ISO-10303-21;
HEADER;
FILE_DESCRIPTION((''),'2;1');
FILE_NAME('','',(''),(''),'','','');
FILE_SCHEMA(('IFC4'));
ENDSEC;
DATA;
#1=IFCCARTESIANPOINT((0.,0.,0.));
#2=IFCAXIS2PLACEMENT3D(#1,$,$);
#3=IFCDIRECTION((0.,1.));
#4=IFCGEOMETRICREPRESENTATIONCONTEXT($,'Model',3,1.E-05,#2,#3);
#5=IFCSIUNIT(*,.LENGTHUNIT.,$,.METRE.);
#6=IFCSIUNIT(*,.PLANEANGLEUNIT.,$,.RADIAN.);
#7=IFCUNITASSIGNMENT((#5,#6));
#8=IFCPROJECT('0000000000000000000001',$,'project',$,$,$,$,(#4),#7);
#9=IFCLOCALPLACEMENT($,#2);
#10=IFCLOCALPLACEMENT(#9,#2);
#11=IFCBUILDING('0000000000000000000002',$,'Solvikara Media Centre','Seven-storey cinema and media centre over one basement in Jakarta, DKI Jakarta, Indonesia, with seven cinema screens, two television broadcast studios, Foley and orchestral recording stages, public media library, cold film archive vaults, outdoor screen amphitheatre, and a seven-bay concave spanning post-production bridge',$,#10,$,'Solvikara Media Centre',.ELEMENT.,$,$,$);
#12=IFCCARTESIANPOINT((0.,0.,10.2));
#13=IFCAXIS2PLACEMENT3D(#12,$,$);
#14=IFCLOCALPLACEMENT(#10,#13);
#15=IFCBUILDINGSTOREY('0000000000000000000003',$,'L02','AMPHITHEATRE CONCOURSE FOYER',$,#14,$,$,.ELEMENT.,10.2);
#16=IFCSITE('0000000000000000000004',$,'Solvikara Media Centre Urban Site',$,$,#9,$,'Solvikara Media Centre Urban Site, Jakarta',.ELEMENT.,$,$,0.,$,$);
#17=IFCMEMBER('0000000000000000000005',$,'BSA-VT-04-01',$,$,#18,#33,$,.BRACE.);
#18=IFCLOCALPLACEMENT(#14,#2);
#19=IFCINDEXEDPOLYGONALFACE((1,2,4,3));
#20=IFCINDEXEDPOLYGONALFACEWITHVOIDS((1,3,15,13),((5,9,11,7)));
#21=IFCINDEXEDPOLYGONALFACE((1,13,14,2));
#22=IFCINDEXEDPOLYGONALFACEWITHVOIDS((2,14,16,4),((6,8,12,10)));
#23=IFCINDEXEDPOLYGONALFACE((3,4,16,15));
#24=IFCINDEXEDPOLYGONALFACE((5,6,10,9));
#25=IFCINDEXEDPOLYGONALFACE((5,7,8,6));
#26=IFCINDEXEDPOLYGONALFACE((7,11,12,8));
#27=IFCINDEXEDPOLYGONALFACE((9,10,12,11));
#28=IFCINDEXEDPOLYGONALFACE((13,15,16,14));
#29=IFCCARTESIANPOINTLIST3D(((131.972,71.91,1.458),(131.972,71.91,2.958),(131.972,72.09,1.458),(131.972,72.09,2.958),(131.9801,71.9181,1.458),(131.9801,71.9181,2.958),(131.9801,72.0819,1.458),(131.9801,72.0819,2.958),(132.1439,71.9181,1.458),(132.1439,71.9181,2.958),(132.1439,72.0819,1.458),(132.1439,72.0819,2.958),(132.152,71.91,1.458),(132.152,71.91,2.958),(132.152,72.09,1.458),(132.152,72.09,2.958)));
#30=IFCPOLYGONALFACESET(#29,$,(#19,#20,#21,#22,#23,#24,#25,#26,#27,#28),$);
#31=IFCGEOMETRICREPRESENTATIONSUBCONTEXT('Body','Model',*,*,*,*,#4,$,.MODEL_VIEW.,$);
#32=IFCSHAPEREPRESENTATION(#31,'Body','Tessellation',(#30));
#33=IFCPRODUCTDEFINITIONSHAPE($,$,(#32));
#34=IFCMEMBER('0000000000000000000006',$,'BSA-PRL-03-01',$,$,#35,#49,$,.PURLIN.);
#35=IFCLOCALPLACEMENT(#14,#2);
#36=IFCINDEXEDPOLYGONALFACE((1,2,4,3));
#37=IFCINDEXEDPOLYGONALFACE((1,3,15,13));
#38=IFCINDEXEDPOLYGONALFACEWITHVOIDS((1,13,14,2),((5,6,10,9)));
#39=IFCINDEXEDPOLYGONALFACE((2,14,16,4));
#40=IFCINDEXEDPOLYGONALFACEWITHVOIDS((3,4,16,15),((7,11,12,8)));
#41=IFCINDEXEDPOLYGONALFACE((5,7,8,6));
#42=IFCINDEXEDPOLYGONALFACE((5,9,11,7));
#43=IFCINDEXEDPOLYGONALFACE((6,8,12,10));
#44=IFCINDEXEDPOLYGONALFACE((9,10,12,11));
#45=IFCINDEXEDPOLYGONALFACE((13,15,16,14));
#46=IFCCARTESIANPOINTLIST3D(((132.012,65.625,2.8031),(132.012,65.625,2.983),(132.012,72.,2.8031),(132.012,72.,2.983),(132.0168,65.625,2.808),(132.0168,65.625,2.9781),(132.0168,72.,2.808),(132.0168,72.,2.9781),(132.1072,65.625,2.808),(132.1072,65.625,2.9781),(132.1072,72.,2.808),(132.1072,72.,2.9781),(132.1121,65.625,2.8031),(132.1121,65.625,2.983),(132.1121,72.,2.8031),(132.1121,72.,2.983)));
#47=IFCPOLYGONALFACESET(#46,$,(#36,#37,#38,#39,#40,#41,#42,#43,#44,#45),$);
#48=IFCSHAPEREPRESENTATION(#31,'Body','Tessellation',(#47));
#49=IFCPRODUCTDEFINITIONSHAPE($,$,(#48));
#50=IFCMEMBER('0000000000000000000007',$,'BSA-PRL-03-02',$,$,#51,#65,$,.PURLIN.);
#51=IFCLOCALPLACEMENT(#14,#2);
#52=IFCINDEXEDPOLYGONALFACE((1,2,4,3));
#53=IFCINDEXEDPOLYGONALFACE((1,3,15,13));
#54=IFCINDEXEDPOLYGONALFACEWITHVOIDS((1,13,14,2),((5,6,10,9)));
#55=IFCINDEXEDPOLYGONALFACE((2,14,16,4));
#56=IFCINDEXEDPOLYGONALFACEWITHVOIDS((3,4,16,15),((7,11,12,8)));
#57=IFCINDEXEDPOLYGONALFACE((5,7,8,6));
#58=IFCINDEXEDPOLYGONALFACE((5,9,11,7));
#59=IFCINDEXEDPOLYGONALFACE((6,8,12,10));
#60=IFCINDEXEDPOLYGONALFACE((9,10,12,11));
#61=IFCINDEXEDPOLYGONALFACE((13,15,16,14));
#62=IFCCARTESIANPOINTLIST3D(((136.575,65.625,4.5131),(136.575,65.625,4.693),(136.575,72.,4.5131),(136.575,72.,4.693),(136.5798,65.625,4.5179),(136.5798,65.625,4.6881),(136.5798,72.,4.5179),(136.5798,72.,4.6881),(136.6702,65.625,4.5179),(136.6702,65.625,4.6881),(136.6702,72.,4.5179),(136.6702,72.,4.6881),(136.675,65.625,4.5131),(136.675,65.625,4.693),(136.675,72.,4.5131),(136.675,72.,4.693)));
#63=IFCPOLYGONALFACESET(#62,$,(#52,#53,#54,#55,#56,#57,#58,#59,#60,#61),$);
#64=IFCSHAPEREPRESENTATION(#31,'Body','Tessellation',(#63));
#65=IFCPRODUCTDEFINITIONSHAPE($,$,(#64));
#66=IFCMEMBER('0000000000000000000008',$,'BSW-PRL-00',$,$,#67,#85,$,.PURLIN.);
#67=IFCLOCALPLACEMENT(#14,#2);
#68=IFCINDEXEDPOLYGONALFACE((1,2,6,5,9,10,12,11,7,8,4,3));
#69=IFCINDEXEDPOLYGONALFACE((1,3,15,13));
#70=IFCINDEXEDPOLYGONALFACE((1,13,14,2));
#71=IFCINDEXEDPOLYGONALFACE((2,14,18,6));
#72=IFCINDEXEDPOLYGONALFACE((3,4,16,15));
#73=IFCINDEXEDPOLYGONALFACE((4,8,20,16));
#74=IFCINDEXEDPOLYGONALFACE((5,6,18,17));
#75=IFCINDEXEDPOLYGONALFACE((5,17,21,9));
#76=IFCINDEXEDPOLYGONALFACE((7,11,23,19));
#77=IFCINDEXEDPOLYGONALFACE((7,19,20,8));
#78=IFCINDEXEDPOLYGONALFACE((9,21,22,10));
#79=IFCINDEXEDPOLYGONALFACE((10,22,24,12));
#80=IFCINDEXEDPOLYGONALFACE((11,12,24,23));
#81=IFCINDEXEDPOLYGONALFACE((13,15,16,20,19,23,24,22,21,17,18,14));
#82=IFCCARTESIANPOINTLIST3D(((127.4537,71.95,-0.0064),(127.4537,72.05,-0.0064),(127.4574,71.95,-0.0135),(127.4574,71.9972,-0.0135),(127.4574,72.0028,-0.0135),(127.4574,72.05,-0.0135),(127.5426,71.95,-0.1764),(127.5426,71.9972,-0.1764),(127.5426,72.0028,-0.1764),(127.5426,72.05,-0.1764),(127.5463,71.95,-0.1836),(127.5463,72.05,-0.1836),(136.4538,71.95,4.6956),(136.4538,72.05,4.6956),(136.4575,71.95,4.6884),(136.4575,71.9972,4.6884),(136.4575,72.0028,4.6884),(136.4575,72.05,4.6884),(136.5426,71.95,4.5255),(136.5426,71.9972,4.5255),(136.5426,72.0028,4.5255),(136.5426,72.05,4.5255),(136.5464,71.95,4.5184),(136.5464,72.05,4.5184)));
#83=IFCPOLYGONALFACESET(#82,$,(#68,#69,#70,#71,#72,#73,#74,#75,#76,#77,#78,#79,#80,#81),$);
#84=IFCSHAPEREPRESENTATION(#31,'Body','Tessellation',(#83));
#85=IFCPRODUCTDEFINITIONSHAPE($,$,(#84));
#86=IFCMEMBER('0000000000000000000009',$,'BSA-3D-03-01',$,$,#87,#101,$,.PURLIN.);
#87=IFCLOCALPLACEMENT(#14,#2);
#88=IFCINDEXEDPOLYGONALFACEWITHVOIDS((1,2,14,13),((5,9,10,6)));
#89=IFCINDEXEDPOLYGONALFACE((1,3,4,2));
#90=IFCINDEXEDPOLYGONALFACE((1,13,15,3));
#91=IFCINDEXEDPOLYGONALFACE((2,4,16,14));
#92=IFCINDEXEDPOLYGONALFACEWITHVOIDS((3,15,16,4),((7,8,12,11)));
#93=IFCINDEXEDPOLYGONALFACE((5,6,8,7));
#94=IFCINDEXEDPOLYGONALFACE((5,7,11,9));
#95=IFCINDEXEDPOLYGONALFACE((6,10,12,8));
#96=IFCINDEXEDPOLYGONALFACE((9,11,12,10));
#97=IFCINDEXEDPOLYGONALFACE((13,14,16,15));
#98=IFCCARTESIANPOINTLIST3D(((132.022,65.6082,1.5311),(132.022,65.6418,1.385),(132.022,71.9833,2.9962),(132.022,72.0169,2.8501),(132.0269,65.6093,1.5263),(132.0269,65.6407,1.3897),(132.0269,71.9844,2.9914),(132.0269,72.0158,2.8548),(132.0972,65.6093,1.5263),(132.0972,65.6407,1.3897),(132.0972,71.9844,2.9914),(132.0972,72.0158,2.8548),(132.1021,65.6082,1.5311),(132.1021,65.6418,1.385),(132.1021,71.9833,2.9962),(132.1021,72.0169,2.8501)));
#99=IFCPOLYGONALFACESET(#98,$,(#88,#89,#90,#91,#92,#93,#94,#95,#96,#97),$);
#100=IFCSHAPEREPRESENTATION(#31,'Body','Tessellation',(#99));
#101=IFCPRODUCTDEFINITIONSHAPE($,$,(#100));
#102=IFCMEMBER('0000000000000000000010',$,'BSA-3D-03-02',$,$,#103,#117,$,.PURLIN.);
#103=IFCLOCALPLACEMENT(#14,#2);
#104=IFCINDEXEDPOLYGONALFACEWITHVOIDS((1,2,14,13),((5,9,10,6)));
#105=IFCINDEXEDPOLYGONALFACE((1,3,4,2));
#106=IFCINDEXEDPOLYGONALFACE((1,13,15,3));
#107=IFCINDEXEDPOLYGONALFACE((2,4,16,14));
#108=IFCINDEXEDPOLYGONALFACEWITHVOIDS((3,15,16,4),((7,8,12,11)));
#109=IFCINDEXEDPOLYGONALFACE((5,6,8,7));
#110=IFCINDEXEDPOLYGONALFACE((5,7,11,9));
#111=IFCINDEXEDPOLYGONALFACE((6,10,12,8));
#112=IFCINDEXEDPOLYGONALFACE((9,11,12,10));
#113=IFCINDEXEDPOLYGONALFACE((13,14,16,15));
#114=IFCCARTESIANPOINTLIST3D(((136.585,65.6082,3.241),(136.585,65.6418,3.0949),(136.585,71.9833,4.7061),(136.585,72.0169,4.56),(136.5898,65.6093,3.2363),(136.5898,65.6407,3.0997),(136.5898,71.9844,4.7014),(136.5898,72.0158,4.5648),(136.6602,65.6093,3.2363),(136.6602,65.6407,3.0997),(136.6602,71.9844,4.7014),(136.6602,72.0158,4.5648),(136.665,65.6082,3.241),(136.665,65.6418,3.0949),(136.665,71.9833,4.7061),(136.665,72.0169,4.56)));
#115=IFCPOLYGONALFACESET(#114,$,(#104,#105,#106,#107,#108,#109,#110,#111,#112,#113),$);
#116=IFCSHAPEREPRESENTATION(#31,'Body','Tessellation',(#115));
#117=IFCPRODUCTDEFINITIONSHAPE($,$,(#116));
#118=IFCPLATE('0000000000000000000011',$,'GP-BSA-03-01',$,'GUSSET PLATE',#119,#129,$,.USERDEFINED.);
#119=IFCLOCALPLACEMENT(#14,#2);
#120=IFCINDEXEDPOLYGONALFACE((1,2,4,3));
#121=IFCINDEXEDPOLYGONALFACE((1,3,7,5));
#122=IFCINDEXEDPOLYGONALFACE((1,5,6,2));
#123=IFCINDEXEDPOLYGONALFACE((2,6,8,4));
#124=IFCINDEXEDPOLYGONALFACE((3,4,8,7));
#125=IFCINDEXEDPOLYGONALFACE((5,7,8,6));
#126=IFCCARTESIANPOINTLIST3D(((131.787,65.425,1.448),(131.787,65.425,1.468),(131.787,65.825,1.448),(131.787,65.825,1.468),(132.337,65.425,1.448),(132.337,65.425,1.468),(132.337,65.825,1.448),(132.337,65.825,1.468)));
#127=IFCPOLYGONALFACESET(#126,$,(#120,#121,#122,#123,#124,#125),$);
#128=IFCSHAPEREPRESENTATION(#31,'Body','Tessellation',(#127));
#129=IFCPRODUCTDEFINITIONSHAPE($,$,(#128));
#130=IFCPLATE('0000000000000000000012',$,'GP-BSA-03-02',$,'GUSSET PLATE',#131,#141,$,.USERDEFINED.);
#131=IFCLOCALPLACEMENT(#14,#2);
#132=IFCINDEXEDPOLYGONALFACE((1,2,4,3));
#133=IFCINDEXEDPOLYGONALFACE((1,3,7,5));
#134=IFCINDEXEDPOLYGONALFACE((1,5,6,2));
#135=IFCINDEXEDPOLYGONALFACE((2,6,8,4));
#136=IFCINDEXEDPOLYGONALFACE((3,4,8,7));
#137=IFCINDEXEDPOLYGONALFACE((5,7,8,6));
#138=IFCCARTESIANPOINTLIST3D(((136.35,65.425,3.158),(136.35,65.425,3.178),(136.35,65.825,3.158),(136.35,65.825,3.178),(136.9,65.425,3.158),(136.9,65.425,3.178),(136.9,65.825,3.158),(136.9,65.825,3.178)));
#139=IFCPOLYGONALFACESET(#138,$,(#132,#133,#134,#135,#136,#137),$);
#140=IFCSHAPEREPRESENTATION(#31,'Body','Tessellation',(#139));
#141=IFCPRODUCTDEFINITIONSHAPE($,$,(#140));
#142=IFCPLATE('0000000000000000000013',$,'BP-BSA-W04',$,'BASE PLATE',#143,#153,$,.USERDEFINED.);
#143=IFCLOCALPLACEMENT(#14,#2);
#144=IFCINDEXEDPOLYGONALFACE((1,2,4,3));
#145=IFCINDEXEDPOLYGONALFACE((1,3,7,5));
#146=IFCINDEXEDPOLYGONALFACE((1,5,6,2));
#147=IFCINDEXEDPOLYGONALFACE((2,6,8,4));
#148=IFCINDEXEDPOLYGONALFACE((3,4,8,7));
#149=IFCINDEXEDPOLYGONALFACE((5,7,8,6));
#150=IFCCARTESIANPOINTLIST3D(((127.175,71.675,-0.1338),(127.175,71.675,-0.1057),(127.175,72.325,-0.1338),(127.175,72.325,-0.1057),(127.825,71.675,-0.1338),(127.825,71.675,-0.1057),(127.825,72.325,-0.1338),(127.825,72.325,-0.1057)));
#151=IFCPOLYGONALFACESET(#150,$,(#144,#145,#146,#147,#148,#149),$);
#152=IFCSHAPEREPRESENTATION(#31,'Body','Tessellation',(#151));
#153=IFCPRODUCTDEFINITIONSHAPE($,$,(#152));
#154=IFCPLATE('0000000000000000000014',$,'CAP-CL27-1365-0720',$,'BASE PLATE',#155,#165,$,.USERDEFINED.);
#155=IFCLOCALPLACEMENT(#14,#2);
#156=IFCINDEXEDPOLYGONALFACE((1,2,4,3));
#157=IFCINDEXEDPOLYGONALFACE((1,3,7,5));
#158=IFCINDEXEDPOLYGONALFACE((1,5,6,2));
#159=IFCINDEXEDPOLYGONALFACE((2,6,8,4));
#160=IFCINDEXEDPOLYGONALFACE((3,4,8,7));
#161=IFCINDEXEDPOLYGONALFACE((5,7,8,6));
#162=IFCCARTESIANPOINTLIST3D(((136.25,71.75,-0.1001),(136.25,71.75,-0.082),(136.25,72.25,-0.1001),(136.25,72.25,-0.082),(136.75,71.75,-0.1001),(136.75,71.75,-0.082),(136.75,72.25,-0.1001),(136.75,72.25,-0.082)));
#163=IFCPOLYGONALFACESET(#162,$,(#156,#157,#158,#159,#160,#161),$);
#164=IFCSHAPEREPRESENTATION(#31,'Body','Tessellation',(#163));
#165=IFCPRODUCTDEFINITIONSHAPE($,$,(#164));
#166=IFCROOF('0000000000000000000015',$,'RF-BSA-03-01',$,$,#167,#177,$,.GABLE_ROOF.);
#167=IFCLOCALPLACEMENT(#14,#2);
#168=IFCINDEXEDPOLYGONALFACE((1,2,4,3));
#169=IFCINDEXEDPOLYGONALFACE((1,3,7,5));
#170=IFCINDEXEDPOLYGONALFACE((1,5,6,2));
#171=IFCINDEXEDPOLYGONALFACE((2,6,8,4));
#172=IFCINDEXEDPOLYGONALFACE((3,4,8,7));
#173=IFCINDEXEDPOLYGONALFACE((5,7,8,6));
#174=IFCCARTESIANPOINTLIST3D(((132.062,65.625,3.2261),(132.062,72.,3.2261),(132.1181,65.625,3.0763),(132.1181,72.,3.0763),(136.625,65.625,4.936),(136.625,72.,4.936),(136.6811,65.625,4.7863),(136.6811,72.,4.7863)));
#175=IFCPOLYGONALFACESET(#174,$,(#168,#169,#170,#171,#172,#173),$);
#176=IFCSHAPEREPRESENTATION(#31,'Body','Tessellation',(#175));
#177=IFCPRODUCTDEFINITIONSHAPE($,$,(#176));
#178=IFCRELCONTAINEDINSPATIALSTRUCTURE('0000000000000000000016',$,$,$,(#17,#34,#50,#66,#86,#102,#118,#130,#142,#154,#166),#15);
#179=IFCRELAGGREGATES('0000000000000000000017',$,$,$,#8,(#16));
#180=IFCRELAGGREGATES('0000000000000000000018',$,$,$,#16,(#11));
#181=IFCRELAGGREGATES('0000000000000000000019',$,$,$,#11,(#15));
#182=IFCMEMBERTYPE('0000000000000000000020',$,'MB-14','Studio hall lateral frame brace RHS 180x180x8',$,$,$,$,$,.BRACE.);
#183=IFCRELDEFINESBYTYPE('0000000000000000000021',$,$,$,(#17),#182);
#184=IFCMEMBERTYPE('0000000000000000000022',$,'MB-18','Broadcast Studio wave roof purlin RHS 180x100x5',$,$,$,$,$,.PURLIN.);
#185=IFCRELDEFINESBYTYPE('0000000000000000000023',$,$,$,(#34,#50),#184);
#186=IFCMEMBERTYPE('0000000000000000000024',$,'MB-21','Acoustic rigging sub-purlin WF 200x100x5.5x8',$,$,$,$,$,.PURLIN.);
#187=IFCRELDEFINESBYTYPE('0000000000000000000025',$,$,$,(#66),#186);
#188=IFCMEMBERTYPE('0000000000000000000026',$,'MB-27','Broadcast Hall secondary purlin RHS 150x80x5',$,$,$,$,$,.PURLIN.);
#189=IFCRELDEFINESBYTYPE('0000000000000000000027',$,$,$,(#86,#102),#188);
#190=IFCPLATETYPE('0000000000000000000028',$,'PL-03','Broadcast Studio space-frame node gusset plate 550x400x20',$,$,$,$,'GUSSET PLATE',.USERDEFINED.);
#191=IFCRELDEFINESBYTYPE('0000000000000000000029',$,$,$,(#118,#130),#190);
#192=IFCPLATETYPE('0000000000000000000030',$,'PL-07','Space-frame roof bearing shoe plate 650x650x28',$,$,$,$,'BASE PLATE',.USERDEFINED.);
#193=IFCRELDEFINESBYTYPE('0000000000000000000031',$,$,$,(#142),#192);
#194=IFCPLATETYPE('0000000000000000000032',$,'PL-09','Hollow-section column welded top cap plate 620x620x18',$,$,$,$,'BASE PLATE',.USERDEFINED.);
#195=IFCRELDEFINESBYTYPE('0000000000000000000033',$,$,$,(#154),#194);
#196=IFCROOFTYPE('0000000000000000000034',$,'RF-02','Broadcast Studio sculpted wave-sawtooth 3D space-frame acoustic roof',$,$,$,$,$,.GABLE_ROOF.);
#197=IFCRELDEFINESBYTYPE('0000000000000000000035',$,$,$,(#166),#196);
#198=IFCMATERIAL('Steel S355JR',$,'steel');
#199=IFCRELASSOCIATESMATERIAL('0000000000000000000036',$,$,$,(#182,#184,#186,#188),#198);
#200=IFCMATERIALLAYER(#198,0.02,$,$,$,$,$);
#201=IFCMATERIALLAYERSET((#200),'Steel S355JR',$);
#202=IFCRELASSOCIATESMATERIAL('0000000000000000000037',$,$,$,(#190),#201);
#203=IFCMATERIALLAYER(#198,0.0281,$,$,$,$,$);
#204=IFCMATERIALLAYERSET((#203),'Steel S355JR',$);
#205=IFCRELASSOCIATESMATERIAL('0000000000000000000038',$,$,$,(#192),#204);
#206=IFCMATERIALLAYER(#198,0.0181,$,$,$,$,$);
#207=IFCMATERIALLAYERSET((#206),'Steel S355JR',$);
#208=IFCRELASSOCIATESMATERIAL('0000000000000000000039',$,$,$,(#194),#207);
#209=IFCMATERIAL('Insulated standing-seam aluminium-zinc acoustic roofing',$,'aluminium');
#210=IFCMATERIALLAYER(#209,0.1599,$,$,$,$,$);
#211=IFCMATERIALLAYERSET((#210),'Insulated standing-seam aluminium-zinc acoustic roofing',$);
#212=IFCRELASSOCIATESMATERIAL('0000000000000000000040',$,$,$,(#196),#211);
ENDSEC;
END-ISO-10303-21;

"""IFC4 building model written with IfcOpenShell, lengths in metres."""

from ifc_helpers import new_model, si_unit, direction, frame, origin, origin_2d, place, context, subcontext, project, spatial, polyline, rectangle, hollow_rectangle, i_section, outline, extrude, material, layer, layer_set, material_profile, profile_set, type_object, element, save


model = new_model("IFC4")

# Units and contexts
model_context = context("Model", 3, precision=1e-05, world=origin(), true_north=direction((0.0, 1.0)))
body_context = subcontext(model_context, "Body", "Model", "MODEL_VIEW")
ifc_project = project(units=[si_unit("LENGTHUNIT", "METRE"), si_unit("PLANEANGLEUNIT", "RADIAN")], contexts=[model_context])

# Site, building, storey
site_placement = place(None, origin())
site = spatial("IfcSite", under=ifc_project, at=site_placement, Name="Solvikara Media Centre Urban Site", LongName="Solvikara Media Centre Urban Site, Jakarta", CompositionType="ELEMENT", RefElevation=0.0)
building_placement = place(site_placement, origin())
building = spatial("IfcBuilding", under=site, at=building_placement, Name="Solvikara Media Centre", Description="Seven-storey cinema and media centre over one basement in Jakarta, DKI Jakarta, Indonesia, with seven cinema screens, two television broadcast studios, Foley and orchestral recording stages, public media library, cold film archive vaults, outdoor screen amphitheatre, and a seven-bay concave spanning post-production bridge", LongName="Solvikara Media Centre", CompositionType="ELEMENT")
storey_placement = place(building_placement, frame((0.0, 0.0, 10.2)))
storey = spatial("IfcBuildingStorey", under=building, at=storey_placement, Name="L02", Description="AMPHITHEATRE CONCOURSE FOYER", CompositionType="ELEMENT", Elevation=10.2)

# Shared definitions
ifc_material_1 = material(Name="Steel S355JR", Category="steel")

# Members
ifc_material_profile_1 = material_profile(ifc_material_1, hollow_rectangle(XDim=0.1799, YDim=0.1799, WallThickness=0.0081, at=origin_2d()), Name="RHS 180x180x8")
ifc_profile_set_1 = profile_set([ifc_material_profile_1], Name="Steel S355JR")
member_type_1 = type_object("IfcMemberType", Name="MB-14", Description="Studio hall lateral frame brace RHS 180x180x8", PredefinedType="BRACE", material=ifc_profile_set_1)
for number, where, z_axis, x_axis, name in (
    (1, (132.062, 72.0, 1.458), (0.0, 0.0, 1.0), (1.0, 0.0, 0.0), "BSA-VT-04-01"),
):
    element("IfcMember", number, at=place(storey_placement, frame(where, z_axis=z_axis, x_axis=x_axis)), inside=storey, type_object=member_type_1, Name=name, PredefinedType="BRACE", context=body_context, shape_type="SweptSolid", body=[
        extrude(hollow_rectangle(XDim=0.1799, YDim=0.1799, WallThickness=0.0081, at=origin_2d()), origin(), (0.0, 0.0, 1.0), 1.5),
    ])
ifc_material_profile_2 = material_profile(ifc_material_1, hollow_rectangle(XDim=0.1001, YDim=0.1799, WallThickness=0.0049, at=origin_2d()), Name="RHS 180x100x5")
ifc_profile_set_2 = profile_set([ifc_material_profile_2], Name="Steel S355JR")
member_type_2 = type_object("IfcMemberType", Name="MB-18", Description="Broadcast Studio wave roof purlin RHS 180x100x5", PredefinedType="PURLIN", material=ifc_profile_set_2)
for number, where, z_axis, x_axis, name in (
    (2, (132.062, 65.625, 2.8931), (0.0, 1.0, 0.0), (-1.0, 0.0, 0.0), "BSA-PRL-03-01"),
    (3, (136.625, 65.625, 4.603), (0.0, 1.0, 0.0), (-1.0, 0.0, 0.0), "BSA-PRL-03-02"),
):
    element("IfcMember", number, at=place(storey_placement, frame(where, z_axis=z_axis, x_axis=x_axis)), inside=storey, type_object=member_type_2, Name=name, PredefinedType="PURLIN", context=body_context, shape_type="SweptSolid", body=[
        extrude(hollow_rectangle(XDim=0.1001, YDim=0.1799, WallThickness=0.0049, at=origin_2d()), origin(), (0.0, 0.0, 1.0), 6.375),
    ])
ifc_material_profile_3 = material_profile(ifc_material_1, i_section(OverallWidth=0.1001, OverallDepth=0.2, WebThickness=0.0056, FlangeThickness=0.0081, at=origin_2d()), Name="WF 200x100x5.5x8")
ifc_profile_set_3 = profile_set([ifc_material_profile_3], Name="Steel S355JR")
member_type_3 = type_object("IfcMemberType", Name="MB-21", Description="Acoustic rigging sub-purlin WF 200x100x5.5x8", PredefinedType="PURLIN", material=ifc_profile_set_3)
member_1_placement = place(storey_placement, frame((127.5, 72.0, -0.095), z_axis=(0.886332, 0.0, 0.46305), x_axis=(0.0, 1.0, 0.0)))
element("IfcMember", 4, at=member_1_placement, inside=storey, type_object=member_type_3, Name="BSW-PRL-00", PredefinedType="PURLIN", context=body_context, shape_type="SweptSolid", body=[
    extrude(i_section(OverallWidth=0.1001, OverallDepth=0.2, WebThickness=0.0056, FlangeThickness=0.0081, at=origin_2d()), origin(), (0.0, 0.0, 1.0), 10.1543),
])
ifc_material_profile_4 = material_profile(ifc_material_1, hollow_rectangle(XDim=0.0801, YDim=0.1499, WallThickness=0.0049, at=origin_2d()), Name="RHS 150x80x5")
ifc_profile_set_4 = profile_set([ifc_material_profile_4], Name="Steel S355JR")
member_type_4 = type_object("IfcMemberType", Name="MB-27", Description="Broadcast Hall secondary purlin RHS 150x80x5", PredefinedType="PURLIN", material=ifc_profile_set_4)
for number, where, z_axis, x_axis, name in (
    (5, (132.062, 65.625, 1.458), (0.0, 0.974594, 0.223979), (-1.0, 0.0, 0.0), "BSA-3D-03-01"),
    (6, (136.625, 65.625, 3.168), (0.0, 0.974594, 0.223979), (-1.0, 0.0, 0.0), "BSA-3D-03-02"),
):
    element("IfcMember", number, at=place(storey_placement, frame(where, z_axis=z_axis, x_axis=x_axis)), inside=storey, type_object=member_type_4, Name=name, PredefinedType="PURLIN", context=body_context, shape_type="SweptSolid", body=[
        extrude(hollow_rectangle(XDim=0.0801, YDim=0.1499, WallThickness=0.0049, at=origin_2d()), origin(), (0.0, 0.0, 1.0), 6.5413),
    ])

# Plates
ifc_layer_1 = layer(ifc_material_1, 0.02)
ifc_layer_set_1 = layer_set([ifc_layer_1], Name="Steel S355JR")
plate_type_1 = type_object("IfcPlateType", Name="PL-03", Description="Broadcast Studio space-frame node gusset plate 550x400x20", ElementType="GUSSET PLATE", PredefinedType="USERDEFINED", material=ifc_layer_set_1)
for number, where, z_axis, x_axis, name in (
    (7, (132.062, 65.625, 1.448), (0.0, 0.0, 1.0), (1.0, 0.0, 0.0), "GP-BSA-03-01"),
    (8, (136.625, 65.625, 3.158), (0.0, 0.0, 1.0), (1.0, 0.0, 0.0), "GP-BSA-03-02"),
):
    element("IfcPlate", number, at=place(storey_placement, frame(where, z_axis=z_axis, x_axis=x_axis)), inside=storey, type_object=plate_type_1, Name=name, ObjectType="GUSSET PLATE", PredefinedType="USERDEFINED", context=body_context, shape_type="SweptSolid", body=[
        extrude(rectangle(XDim=0.55, YDim=0.3999, at=origin_2d()), origin(), (0.0, 0.0, 1.0), 0.02),
    ])
ifc_layer_2 = layer(ifc_material_1, 0.0281)
ifc_layer_set_2 = layer_set([ifc_layer_2], Name="Steel S355JR")
plate_type_2 = type_object("IfcPlateType", Name="PL-07", Description="Space-frame roof bearing shoe plate 650x650x28", ElementType="BASE PLATE", PredefinedType="USERDEFINED", material=ifc_layer_set_2)
plate_1_placement = place(storey_placement, frame((127.5, 72.0, -0.1338), z_axis=(0.0, 0.0, 1.0), x_axis=(1.0, 0.0, 0.0)))
element("IfcPlate", 9, at=plate_1_placement, inside=storey, type_object=plate_type_2, Name="BP-BSA-W04", ObjectType="BASE PLATE", PredefinedType="USERDEFINED", context=body_context, shape_type="SweptSolid", body=[
    extrude(rectangle(XDim=0.6499, YDim=0.6499, at=origin_2d()), origin(), (0.0, 0.0, 1.0), 0.0281),
])
ifc_layer_3 = layer(ifc_material_1, 0.0181)
ifc_layer_set_3 = layer_set([ifc_layer_3], Name="Steel S355JR")
plate_type_3 = type_object("IfcPlateType", Name="PL-09", Description="Hollow-section column welded top cap plate 620x620x18", ElementType="BASE PLATE", PredefinedType="USERDEFINED", material=ifc_layer_set_3)
plate_2_placement = place(storey_placement, frame((136.5, 72.0, -0.1001), z_axis=(0.0, 0.0, 1.0), x_axis=(1.0, 0.0, 0.0)))
element("IfcPlate", 10, at=plate_2_placement, inside=storey, type_object=plate_type_3, Name="CAP-CL27-1365-0720", ObjectType="BASE PLATE", PredefinedType="USERDEFINED", context=body_context, shape_type="SweptSolid", body=[
    extrude(rectangle(XDim=0.5, YDim=0.5, at=origin_2d()), origin(), (0.0, 0.0, 1.0), 0.0181),
])

# Roof
ifc_material_2 = material(Name="Insulated standing-seam aluminium-zinc acoustic roofing", Category="aluminium")
ifc_layer_4 = layer(ifc_material_2, 0.1599)
ifc_layer_set_4 = layer_set([ifc_layer_4], Name="Insulated standing-seam aluminium-zinc acoustic roofing")
roof_type = type_object("IfcRoofType", Name="RF-02", Description="Broadcast Studio sculpted wave-sawtooth 3D space-frame acoustic roof", PredefinedType="GABLE_ROOF", material=ifc_layer_set_4)
roof_1_placement = place(storey_placement, frame((132.062, 65.625, 3.2261), z_axis=(-0.350915, 0.0, 0.936407), x_axis=(0.936407, 0.0, 0.350915)))
element("IfcRoof", 11, at=roof_1_placement, inside=storey, type_object=roof_type, Name="RF-BSA-03-01", PredefinedType="GABLE_ROOF", context=body_context, shape_type="SweptSolid", body=[
    extrude(outline(polyline([(0.0, 0.0), (4.8729, 0.0), (4.8729, 6.375), (0.0, 6.375), (0.0, 0.0)])), origin(), (0.0, 0.0, -1.0), 0.1599),
])

save(model, "model.ifc")
